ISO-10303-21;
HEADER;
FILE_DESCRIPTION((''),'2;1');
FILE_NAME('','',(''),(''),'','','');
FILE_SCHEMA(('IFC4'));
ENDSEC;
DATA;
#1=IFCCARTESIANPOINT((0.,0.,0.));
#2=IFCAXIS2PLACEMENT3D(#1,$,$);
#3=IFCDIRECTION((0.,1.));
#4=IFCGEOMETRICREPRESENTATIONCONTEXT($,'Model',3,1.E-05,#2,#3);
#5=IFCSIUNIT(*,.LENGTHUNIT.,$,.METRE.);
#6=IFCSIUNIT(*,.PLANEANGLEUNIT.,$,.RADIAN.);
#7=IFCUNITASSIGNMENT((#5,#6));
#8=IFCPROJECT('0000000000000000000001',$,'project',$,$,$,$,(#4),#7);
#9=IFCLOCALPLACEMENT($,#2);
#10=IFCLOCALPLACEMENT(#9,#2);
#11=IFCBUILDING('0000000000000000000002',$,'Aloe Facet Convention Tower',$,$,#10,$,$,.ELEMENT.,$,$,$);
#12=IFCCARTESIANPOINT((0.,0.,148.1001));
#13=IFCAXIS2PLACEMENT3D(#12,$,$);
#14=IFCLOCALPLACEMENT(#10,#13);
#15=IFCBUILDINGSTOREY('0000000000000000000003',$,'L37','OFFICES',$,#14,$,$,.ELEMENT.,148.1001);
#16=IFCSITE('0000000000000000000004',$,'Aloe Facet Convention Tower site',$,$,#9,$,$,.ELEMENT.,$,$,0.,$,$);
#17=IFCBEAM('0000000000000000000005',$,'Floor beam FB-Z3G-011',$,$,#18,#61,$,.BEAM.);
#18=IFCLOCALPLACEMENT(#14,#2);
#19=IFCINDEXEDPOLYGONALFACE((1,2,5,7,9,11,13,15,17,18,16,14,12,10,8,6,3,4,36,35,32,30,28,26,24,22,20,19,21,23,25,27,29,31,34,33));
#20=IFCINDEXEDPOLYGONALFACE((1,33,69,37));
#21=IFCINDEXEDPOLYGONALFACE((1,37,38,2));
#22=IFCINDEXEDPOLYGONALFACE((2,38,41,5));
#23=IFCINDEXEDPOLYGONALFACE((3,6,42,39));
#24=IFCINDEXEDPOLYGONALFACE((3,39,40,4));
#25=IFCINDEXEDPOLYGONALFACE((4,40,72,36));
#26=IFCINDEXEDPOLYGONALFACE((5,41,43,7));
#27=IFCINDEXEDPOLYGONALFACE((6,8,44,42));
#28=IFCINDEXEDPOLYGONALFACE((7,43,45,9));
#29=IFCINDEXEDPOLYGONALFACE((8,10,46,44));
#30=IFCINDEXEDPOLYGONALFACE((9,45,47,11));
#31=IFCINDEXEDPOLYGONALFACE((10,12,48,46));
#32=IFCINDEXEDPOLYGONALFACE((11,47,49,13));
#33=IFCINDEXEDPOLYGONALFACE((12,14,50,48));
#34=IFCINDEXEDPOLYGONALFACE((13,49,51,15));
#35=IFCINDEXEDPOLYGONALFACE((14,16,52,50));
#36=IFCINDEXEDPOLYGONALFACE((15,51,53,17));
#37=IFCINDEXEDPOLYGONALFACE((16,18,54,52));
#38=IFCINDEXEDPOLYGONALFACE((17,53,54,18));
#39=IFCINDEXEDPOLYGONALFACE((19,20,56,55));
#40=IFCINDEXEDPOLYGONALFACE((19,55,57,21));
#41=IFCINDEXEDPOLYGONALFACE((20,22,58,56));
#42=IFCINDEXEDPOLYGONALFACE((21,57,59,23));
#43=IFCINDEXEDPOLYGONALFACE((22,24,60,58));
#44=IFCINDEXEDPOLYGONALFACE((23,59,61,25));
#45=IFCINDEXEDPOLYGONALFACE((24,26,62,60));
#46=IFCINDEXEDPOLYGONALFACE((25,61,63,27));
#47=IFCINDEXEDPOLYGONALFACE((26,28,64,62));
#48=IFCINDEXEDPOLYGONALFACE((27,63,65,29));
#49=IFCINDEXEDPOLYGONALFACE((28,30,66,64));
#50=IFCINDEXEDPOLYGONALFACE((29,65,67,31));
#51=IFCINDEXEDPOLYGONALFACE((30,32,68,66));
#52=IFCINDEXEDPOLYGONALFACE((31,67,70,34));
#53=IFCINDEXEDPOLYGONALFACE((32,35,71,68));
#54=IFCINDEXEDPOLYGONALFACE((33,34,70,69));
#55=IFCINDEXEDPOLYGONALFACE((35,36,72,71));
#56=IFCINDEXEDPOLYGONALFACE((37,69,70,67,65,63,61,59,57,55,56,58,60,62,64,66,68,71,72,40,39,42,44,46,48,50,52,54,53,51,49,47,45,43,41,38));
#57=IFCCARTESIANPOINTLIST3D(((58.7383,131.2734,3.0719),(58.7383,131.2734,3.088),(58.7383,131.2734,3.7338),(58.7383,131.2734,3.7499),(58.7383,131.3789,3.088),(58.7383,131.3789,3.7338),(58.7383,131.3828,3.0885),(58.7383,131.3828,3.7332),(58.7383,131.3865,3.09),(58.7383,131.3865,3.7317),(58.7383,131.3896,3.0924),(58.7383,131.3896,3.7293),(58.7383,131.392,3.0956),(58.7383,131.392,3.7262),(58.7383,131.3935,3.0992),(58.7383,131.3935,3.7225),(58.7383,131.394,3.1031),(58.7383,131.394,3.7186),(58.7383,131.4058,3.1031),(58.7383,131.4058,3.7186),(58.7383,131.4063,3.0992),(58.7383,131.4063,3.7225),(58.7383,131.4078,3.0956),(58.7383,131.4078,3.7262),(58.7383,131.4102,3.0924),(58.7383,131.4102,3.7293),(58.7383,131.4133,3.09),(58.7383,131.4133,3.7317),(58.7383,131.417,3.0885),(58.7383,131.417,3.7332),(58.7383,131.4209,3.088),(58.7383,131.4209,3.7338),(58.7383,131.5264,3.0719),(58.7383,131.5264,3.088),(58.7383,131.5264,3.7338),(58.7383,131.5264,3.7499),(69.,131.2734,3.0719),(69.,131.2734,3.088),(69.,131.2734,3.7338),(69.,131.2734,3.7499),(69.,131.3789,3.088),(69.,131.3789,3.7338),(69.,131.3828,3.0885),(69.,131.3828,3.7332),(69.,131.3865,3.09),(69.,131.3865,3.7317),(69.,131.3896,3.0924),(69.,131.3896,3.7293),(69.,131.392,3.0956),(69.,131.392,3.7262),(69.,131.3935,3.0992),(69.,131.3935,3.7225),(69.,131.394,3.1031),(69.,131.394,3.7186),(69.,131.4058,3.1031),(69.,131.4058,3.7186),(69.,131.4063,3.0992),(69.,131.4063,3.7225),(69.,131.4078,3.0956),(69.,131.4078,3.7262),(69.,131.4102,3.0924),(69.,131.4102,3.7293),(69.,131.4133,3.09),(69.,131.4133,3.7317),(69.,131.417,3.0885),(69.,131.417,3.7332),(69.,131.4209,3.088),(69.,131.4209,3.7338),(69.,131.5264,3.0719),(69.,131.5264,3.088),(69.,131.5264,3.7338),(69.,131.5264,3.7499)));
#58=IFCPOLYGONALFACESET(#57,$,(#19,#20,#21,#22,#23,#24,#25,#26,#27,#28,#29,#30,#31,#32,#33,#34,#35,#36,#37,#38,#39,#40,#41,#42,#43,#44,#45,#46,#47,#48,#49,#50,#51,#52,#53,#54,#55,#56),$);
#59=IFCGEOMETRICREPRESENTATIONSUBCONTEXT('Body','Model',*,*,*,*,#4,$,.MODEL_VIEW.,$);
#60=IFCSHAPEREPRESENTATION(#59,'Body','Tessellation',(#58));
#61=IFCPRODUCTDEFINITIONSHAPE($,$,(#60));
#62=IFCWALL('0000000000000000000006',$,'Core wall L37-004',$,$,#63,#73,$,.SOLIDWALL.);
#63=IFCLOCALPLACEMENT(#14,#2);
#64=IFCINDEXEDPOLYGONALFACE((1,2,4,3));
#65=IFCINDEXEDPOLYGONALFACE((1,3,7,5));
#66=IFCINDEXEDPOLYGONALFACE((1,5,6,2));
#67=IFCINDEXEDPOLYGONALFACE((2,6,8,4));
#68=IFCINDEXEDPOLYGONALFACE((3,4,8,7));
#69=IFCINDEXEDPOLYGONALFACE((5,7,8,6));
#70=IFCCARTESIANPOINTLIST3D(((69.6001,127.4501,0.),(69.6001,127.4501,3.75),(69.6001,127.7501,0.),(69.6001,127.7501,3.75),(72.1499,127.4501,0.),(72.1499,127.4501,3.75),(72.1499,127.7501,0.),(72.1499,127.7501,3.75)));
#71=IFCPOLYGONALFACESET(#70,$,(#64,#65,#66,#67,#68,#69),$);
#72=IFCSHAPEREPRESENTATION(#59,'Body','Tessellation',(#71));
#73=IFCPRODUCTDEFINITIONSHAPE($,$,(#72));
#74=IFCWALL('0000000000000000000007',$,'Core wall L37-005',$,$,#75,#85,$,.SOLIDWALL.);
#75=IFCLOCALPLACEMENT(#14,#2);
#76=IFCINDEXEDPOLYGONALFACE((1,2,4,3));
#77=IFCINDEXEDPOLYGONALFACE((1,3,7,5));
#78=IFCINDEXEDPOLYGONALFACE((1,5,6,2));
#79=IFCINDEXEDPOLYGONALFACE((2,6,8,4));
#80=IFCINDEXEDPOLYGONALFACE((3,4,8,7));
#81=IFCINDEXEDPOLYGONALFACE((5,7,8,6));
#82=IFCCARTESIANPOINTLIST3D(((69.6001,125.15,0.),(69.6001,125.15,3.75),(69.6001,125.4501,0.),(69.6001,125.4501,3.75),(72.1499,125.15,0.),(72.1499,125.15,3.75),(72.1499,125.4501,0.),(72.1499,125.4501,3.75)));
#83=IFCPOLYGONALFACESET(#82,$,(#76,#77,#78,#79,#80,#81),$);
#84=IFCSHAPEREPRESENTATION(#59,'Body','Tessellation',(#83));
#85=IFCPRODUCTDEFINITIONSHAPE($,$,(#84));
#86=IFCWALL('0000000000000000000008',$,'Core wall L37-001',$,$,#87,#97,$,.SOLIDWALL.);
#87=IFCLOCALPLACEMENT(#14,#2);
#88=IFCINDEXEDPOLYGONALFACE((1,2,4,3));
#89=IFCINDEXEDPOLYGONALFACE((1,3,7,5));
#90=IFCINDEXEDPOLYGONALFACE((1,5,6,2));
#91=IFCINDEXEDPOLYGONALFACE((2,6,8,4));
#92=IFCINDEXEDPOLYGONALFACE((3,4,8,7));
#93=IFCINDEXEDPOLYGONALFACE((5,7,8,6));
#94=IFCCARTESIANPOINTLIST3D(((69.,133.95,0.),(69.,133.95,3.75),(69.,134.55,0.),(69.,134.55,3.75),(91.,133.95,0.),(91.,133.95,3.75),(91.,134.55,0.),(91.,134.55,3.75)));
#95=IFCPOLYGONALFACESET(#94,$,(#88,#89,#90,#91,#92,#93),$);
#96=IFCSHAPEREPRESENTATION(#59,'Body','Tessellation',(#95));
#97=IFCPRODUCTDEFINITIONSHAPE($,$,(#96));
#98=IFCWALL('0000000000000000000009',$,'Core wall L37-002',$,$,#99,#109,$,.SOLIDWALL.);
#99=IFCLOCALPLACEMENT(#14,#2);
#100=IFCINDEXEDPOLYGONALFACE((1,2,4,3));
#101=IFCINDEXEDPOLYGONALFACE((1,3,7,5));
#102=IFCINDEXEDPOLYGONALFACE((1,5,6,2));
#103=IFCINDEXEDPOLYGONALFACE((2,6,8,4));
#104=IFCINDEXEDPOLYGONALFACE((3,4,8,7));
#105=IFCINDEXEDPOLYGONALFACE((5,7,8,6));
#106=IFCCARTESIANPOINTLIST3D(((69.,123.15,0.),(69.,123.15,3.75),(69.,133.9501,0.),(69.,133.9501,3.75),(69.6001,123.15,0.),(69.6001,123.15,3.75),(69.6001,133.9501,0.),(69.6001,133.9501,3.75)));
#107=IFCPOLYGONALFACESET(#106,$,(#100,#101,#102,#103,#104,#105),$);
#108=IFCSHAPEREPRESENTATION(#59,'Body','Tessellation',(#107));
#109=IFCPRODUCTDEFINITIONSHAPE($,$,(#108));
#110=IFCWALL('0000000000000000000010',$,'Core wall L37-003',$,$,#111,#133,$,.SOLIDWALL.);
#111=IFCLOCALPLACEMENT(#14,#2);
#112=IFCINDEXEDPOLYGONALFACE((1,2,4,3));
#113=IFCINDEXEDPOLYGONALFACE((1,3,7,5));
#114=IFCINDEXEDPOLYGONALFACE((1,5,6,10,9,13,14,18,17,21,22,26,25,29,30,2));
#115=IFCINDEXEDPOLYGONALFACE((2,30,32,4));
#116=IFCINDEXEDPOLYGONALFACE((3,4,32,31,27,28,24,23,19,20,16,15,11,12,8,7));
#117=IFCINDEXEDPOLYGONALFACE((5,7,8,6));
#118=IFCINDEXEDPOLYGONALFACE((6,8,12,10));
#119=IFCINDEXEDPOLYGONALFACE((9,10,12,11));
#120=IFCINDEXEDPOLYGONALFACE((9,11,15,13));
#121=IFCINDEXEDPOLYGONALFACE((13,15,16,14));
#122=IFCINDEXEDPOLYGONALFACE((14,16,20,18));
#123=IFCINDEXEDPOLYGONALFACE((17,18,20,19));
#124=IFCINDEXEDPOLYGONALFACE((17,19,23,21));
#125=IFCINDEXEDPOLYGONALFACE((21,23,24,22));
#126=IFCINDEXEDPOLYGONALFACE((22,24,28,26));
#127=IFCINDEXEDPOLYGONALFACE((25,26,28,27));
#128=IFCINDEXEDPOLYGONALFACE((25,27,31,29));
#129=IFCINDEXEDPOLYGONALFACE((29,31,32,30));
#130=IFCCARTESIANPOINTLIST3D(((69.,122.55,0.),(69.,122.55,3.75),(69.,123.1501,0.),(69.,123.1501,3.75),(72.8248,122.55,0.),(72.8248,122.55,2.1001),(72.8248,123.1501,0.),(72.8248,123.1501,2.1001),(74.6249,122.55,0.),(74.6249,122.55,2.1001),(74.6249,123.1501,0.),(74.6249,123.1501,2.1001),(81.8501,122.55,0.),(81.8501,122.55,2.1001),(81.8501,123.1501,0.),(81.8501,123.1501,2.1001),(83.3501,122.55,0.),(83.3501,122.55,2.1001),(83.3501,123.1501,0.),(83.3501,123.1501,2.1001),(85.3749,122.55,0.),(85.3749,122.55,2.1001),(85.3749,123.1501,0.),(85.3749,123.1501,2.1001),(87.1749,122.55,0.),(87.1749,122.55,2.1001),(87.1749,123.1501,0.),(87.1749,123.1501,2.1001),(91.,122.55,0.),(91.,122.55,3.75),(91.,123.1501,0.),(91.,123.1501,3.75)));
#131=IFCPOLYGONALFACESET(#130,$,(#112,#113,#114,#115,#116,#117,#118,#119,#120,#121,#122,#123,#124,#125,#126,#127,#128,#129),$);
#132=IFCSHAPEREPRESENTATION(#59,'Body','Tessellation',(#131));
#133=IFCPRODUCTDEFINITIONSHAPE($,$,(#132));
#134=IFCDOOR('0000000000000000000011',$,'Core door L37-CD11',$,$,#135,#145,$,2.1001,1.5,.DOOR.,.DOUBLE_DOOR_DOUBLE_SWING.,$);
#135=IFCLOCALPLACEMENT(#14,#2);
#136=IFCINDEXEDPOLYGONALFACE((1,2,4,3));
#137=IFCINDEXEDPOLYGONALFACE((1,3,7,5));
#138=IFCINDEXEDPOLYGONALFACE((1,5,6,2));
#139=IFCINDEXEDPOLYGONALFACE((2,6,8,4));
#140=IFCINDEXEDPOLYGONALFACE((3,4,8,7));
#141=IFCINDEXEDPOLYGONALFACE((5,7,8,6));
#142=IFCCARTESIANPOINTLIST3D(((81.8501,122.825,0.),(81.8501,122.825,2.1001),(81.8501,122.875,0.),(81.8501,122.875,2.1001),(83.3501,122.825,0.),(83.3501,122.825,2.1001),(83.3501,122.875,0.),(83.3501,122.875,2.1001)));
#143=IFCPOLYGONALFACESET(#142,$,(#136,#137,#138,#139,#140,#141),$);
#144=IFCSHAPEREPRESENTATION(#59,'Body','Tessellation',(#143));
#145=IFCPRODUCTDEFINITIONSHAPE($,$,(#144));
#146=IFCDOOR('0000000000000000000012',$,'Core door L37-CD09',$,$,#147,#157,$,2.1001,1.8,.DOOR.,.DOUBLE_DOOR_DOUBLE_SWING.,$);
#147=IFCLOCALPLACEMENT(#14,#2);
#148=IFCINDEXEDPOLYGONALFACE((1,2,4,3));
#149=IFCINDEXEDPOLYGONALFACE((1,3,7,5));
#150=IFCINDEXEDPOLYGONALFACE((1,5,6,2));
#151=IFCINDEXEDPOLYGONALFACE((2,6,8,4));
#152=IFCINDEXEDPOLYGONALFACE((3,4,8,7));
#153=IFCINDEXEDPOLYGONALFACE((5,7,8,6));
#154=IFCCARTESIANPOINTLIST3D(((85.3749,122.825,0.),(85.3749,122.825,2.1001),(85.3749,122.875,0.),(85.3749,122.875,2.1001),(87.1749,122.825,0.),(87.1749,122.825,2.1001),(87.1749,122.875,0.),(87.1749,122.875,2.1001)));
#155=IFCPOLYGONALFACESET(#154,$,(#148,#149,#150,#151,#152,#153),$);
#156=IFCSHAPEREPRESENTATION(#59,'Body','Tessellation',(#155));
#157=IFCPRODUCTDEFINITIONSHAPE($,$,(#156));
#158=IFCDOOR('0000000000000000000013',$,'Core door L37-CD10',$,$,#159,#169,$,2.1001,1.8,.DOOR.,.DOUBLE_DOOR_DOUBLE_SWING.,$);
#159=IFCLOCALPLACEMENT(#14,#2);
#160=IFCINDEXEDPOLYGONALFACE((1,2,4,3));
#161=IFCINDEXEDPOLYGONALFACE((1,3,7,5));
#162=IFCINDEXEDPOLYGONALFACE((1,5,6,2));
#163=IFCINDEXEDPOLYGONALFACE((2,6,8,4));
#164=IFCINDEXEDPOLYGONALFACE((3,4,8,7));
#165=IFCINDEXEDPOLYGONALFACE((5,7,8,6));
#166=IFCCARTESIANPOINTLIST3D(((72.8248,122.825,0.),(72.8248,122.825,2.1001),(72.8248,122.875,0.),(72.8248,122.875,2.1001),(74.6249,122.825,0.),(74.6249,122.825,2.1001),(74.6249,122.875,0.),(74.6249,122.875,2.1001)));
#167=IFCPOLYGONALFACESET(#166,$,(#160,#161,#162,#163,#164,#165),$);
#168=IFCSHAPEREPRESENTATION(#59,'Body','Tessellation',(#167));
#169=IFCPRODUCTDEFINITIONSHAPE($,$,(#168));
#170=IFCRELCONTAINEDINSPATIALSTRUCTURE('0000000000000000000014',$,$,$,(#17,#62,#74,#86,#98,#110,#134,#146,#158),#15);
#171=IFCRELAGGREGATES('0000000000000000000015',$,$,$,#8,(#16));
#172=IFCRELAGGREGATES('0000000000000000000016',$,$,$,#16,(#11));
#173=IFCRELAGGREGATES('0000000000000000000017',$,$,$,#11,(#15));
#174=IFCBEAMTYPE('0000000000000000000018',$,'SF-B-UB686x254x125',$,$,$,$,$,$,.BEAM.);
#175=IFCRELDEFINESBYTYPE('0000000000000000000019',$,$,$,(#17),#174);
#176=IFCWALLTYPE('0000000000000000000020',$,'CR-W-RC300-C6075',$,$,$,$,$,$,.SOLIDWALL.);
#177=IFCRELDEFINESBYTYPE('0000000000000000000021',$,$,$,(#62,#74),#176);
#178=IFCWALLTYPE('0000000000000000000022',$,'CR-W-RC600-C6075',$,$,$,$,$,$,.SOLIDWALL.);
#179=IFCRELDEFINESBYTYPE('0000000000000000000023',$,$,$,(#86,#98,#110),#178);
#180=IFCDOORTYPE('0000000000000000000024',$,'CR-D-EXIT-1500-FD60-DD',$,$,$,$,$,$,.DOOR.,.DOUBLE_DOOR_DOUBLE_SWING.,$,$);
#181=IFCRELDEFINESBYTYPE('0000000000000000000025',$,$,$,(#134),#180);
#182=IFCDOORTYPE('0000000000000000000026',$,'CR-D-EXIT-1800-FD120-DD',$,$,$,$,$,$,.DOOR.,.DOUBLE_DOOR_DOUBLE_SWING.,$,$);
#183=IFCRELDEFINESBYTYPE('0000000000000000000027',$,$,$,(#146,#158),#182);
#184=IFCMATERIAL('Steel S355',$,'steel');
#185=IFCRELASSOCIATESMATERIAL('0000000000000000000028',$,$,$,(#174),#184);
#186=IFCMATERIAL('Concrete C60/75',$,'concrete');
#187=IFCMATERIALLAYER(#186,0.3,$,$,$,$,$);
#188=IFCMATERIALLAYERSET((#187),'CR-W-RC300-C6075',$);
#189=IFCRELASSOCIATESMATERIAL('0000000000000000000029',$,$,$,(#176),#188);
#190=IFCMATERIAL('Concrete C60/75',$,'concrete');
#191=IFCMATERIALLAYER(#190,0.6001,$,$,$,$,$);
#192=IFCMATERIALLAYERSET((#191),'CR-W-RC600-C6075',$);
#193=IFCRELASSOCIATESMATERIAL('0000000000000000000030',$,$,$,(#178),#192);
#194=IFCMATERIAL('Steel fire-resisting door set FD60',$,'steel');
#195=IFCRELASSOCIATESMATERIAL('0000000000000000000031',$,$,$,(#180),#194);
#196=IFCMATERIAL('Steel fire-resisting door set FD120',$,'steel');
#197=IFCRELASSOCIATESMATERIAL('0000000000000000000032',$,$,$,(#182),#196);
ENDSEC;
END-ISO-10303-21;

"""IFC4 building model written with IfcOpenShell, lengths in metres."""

from ifc_helpers import new_model, si_unit, direction, frame, frame_2d, origin, origin_2d, place, context, subcontext, project, spatial, rectangle, i_section, extrude, material, layer, layer_set, material_profile, profile_set, type_object, element, fill, save


model = new_model("IFC4")

# Units and contexts
model_context = context("Model", 3, precision=1e-05, world=origin(), true_north=direction((0.0, 1.0)))
body_context = subcontext(model_context, "Body", "Model", "MODEL_VIEW")
ifc_project = project(units=[si_unit("LENGTHUNIT", "METRE"), si_unit("PLANEANGLEUNIT", "RADIAN")], contexts=[model_context])

# Site, building, storey
site_placement = place(None, origin())
site = spatial("IfcSite", under=ifc_project, at=site_placement, Name="Aloe Facet Convention Tower site", CompositionType="ELEMENT", RefElevation=0.0)
building_placement = place(site_placement, origin())
building = spatial("IfcBuilding", under=site, at=building_placement, Name="Aloe Facet Convention Tower", CompositionType="ELEMENT")
storey_placement = place(building_placement, frame((0.0, 0.0, 148.1001)))
storey = spatial("IfcBuildingStorey", under=building, at=storey_placement, Name="L37", Description="OFFICES", CompositionType="ELEMENT", Elevation=148.1001)

# Beam
ifc_material_1 = material(Name="Steel S355", Category="steel")
ifc_material_profile_1 = material_profile(ifc_material_1, i_section(OverallWidth=0.2529, OverallDepth=0.678, WebThickness=0.0117, FlangeThickness=0.0161, FilletRadius=0.0151, at=origin_2d()), Name="UB 686x254x125")
ifc_profile_set_1 = profile_set([ifc_material_profile_1], Name="Steel S355")
beam_type_1 = type_object("IfcBeamType", Name="SF-B-UB686x254x125", PredefinedType="BEAM", material=ifc_profile_set_1)
beam_1_placement = place(storey_placement, frame((58.7383, 131.3999, 3.4109), z_axis=(1.0, 0.0, 0.0), x_axis=(0.0, 1.0, 0.0)))
element("IfcBeam", 1, at=beam_1_placement, inside=storey, type_object=beam_type_1, Name="Floor beam FB-Z3G-011", PredefinedType="BEAM", context=body_context, shape_type="SweptSolid", body=[
    extrude(i_section(OverallWidth=0.2529, OverallDepth=0.678, WebThickness=0.0117, FlangeThickness=0.0161, FilletRadius=0.0151, at=origin_2d()), origin(), (0.0, 0.0, 1.0), 10.2617),
])

# Walls
ifc_material_2 = material(Name="Concrete C60/75", Category="concrete")
ifc_layer_1 = layer(ifc_material_2, 0.3)
ifc_layer_set_1 = layer_set([ifc_layer_1], Name="CR-W-RC300-C6075")
wall_type_1 = type_object("IfcWallType", Name="CR-W-RC300-C6075", PredefinedType="SOLIDWALL", material=ifc_layer_set_1)
for number, where, z_axis, x_axis, name in (
    (2, (69.6001, 127.6001, 0.0), (0.0, 0.0, 1.0), (1.0, 0.0, 0.0), "Core wall L37-004"),
    (3, (69.6001, 125.3, 0.0), (0.0, 0.0, 1.0), (1.0, 0.0, 0.0), "Core wall L37-005"),
):
    element("IfcWall", number, at=place(storey_placement, frame(where, z_axis=z_axis, x_axis=x_axis)), inside=storey, type_object=wall_type_1, Name=name, PredefinedType="SOLIDWALL", context=body_context, shape_type="SweptSolid", body=[
        extrude(rectangle(XDim=2.5498, YDim=0.3, at=frame_2d((1.2749, 0.0))), origin(), (0.0, 0.0, 1.0), 3.75),
    ])
ifc_material_3 = material(Name="Concrete C60/75", Category="concrete")
ifc_layer_2 = layer(ifc_material_3, 0.6001)
ifc_layer_set_2 = layer_set([ifc_layer_2], Name="CR-W-RC600-C6075")
wall_type_2 = type_object("IfcWallType", Name="CR-W-RC600-C6075", PredefinedType="SOLIDWALL", material=ifc_layer_set_2)
wall_1_placement = place(storey_placement, frame((69.0, 134.25, 0.0), z_axis=(0.0, 0.0, 1.0), x_axis=(1.0, 0.0, 0.0)))
element("IfcWall", 4, at=wall_1_placement, inside=storey, type_object=wall_type_2, Name="Core wall L37-001", PredefinedType="SOLIDWALL", context=body_context, shape_type="SweptSolid", body=[
    extrude(rectangle(XDim=22.0, YDim=0.6001, at=frame_2d((11.0, 0.0))), origin(), (0.0, 0.0, 1.0), 3.75),
])
wall_2_placement = place(storey_placement, frame((69.3, 133.95, 0.0), z_axis=(0.0, 0.0, 1.0), x_axis=(0.0, -1.0, 0.0)))
element("IfcWall", 5, at=wall_2_placement, inside=storey, type_object=wall_type_2, Name="Core wall L37-002", PredefinedType="SOLIDWALL", context=body_context, shape_type="SweptSolid", body=[
    extrude(rectangle(XDim=10.8, YDim=0.6001, at=frame_2d((5.3999, 0.0))), origin(), (0.0, 0.0, 1.0), 3.75),
])

# Wall, openings, doors
wall_3_placement = place(storey_placement, frame((69.0, 122.8501, 0.0), z_axis=(0.0, 0.0, 1.0), x_axis=(1.0, 0.0, 0.0)))
wall_3 = element("IfcWall", 6, at=wall_3_placement, inside=storey, type_object=wall_type_2, Name="Core wall L37-003", PredefinedType="SOLIDWALL", context=body_context, shape_type="SweptSolid", body=[
    extrude(rectangle(XDim=22.0, YDim=0.6001, at=frame_2d((11.0, 0.0))), origin(), (0.0, 0.0, 1.0), 3.75),
])
opening_1_placement = place(wall_3_placement, frame((16.375, 0.0, 0.0)))
opening_1 = element("IfcOpeningElement", 7, at=opening_1_placement, cuts=wall_3, PredefinedType="OPENING", context=body_context, shape_type="SweptSolid", body=[
    extrude(rectangle(XDim=1.8, YDim=2.1001, at=frame_2d((0.8999, 1.05))), frame((0.0, 0.3101, 0.0), z_axis=(0.0, -1.0, 0.0), x_axis=(1.0, 0.0, 0.0)), (0.0, 0.0, 1.0), 0.6201),
])
opening_2_placement = place(wall_3_placement, frame((3.825, 0.0, 0.0)))
opening_2 = element("IfcOpeningElement", 8, at=opening_2_placement, cuts=wall_3, PredefinedType="OPENING", context=body_context, shape_type="SweptSolid", body=[
    extrude(rectangle(XDim=1.8, YDim=2.1001, at=frame_2d((0.8999, 1.05))), frame((0.0, 0.3101, 0.0), z_axis=(0.0, -1.0, 0.0), x_axis=(1.0, 0.0, 0.0)), (0.0, 0.0, 1.0), 0.6201),
])
opening_3_placement = place(wall_3_placement, frame((12.8501, 0.0, 0.0)))
opening_3 = element("IfcOpeningElement", 9, at=opening_3_placement, cuts=wall_3, PredefinedType="OPENING", context=body_context, shape_type="SweptSolid", body=[
    extrude(rectangle(XDim=1.5, YDim=2.1001, at=frame_2d((0.75, 1.05))), frame((0.0, 0.3101, 0.0), z_axis=(0.0, -1.0, 0.0), x_axis=(1.0, 0.0, 0.0)), (0.0, 0.0, 1.0), 0.6201),
])
ifc_material_4 = material(Name="Steel fire-resisting door set FD60", Category="steel")
door_type_1 = type_object("IfcDoorType", Name="CR-D-EXIT-1500-FD60-DD", OperationType="DOUBLE_DOOR_DOUBLE_SWING", PredefinedType="DOOR", material=ifc_material_4)
door_1_placement = place(opening_3_placement, origin())
door_1 = element("IfcDoor", 10, at=door_1_placement, inside=storey, type_object=door_type_1, Name="Core door L37-CD11", OperationType="DOUBLE_DOOR_DOUBLE_SWING", OverallHeight=2.1001, OverallWidth=1.5, PredefinedType="DOOR", context=body_context, shape_type="SweptSolid", body=[
    extrude(rectangle(XDim=1.5, YDim=2.1001, at=frame_2d((0.75, 1.05))), frame((0.0, 0.0249, 0.0), z_axis=(0.0, -1.0, 0.0), x_axis=(1.0, 0.0, 0.0)), (0.0, 0.0, 1.0), 0.05),
])
fill(opening_3, door_1)
ifc_material_5 = material(Name="Steel fire-resisting door set FD120", Category="steel")
door_type_2 = type_object("IfcDoorType", Name="CR-D-EXIT-1800-FD120-DD", OperationType="DOUBLE_DOOR_DOUBLE_SWING", PredefinedType="DOOR", material=ifc_material_5)
door_2_placement = place(opening_1_placement, origin())
door_2 = element("IfcDoor", 11, at=door_2_placement, inside=storey, type_object=door_type_2, Name="Core door L37-CD09", OperationType="DOUBLE_DOOR_DOUBLE_SWING", OverallHeight=2.1001, OverallWidth=1.8, PredefinedType="DOOR", context=body_context, shape_type="SweptSolid", body=[
    extrude(rectangle(XDim=1.8, YDim=2.1001, at=frame_2d((0.8999, 1.05))), frame((0.0, 0.0249, 0.0), z_axis=(0.0, -1.0, 0.0), x_axis=(1.0, 0.0, 0.0)), (0.0, 0.0, 1.0), 0.05),
])
fill(opening_1, door_2)
door_3_placement = place(opening_2_placement, origin())
door_3 = element("IfcDoor", 12, at=door_3_placement, inside=storey, type_object=door_type_2, Name="Core door L37-CD10", OperationType="DOUBLE_DOOR_DOUBLE_SWING", OverallHeight=2.1001, OverallWidth=1.8, PredefinedType="DOOR", context=body_context, shape_type="SweptSolid", body=[
    extrude(rectangle(XDim=1.8, YDim=2.1001, at=frame_2d((0.8999, 1.05))), frame((0.0, 0.0249, 0.0), z_axis=(0.0, -1.0, 0.0), x_axis=(1.0, 0.0, 0.0)), (0.0, 0.0, 1.0), 0.05),
])
fill(opening_2, door_3)

save(model, "model.ifc")
